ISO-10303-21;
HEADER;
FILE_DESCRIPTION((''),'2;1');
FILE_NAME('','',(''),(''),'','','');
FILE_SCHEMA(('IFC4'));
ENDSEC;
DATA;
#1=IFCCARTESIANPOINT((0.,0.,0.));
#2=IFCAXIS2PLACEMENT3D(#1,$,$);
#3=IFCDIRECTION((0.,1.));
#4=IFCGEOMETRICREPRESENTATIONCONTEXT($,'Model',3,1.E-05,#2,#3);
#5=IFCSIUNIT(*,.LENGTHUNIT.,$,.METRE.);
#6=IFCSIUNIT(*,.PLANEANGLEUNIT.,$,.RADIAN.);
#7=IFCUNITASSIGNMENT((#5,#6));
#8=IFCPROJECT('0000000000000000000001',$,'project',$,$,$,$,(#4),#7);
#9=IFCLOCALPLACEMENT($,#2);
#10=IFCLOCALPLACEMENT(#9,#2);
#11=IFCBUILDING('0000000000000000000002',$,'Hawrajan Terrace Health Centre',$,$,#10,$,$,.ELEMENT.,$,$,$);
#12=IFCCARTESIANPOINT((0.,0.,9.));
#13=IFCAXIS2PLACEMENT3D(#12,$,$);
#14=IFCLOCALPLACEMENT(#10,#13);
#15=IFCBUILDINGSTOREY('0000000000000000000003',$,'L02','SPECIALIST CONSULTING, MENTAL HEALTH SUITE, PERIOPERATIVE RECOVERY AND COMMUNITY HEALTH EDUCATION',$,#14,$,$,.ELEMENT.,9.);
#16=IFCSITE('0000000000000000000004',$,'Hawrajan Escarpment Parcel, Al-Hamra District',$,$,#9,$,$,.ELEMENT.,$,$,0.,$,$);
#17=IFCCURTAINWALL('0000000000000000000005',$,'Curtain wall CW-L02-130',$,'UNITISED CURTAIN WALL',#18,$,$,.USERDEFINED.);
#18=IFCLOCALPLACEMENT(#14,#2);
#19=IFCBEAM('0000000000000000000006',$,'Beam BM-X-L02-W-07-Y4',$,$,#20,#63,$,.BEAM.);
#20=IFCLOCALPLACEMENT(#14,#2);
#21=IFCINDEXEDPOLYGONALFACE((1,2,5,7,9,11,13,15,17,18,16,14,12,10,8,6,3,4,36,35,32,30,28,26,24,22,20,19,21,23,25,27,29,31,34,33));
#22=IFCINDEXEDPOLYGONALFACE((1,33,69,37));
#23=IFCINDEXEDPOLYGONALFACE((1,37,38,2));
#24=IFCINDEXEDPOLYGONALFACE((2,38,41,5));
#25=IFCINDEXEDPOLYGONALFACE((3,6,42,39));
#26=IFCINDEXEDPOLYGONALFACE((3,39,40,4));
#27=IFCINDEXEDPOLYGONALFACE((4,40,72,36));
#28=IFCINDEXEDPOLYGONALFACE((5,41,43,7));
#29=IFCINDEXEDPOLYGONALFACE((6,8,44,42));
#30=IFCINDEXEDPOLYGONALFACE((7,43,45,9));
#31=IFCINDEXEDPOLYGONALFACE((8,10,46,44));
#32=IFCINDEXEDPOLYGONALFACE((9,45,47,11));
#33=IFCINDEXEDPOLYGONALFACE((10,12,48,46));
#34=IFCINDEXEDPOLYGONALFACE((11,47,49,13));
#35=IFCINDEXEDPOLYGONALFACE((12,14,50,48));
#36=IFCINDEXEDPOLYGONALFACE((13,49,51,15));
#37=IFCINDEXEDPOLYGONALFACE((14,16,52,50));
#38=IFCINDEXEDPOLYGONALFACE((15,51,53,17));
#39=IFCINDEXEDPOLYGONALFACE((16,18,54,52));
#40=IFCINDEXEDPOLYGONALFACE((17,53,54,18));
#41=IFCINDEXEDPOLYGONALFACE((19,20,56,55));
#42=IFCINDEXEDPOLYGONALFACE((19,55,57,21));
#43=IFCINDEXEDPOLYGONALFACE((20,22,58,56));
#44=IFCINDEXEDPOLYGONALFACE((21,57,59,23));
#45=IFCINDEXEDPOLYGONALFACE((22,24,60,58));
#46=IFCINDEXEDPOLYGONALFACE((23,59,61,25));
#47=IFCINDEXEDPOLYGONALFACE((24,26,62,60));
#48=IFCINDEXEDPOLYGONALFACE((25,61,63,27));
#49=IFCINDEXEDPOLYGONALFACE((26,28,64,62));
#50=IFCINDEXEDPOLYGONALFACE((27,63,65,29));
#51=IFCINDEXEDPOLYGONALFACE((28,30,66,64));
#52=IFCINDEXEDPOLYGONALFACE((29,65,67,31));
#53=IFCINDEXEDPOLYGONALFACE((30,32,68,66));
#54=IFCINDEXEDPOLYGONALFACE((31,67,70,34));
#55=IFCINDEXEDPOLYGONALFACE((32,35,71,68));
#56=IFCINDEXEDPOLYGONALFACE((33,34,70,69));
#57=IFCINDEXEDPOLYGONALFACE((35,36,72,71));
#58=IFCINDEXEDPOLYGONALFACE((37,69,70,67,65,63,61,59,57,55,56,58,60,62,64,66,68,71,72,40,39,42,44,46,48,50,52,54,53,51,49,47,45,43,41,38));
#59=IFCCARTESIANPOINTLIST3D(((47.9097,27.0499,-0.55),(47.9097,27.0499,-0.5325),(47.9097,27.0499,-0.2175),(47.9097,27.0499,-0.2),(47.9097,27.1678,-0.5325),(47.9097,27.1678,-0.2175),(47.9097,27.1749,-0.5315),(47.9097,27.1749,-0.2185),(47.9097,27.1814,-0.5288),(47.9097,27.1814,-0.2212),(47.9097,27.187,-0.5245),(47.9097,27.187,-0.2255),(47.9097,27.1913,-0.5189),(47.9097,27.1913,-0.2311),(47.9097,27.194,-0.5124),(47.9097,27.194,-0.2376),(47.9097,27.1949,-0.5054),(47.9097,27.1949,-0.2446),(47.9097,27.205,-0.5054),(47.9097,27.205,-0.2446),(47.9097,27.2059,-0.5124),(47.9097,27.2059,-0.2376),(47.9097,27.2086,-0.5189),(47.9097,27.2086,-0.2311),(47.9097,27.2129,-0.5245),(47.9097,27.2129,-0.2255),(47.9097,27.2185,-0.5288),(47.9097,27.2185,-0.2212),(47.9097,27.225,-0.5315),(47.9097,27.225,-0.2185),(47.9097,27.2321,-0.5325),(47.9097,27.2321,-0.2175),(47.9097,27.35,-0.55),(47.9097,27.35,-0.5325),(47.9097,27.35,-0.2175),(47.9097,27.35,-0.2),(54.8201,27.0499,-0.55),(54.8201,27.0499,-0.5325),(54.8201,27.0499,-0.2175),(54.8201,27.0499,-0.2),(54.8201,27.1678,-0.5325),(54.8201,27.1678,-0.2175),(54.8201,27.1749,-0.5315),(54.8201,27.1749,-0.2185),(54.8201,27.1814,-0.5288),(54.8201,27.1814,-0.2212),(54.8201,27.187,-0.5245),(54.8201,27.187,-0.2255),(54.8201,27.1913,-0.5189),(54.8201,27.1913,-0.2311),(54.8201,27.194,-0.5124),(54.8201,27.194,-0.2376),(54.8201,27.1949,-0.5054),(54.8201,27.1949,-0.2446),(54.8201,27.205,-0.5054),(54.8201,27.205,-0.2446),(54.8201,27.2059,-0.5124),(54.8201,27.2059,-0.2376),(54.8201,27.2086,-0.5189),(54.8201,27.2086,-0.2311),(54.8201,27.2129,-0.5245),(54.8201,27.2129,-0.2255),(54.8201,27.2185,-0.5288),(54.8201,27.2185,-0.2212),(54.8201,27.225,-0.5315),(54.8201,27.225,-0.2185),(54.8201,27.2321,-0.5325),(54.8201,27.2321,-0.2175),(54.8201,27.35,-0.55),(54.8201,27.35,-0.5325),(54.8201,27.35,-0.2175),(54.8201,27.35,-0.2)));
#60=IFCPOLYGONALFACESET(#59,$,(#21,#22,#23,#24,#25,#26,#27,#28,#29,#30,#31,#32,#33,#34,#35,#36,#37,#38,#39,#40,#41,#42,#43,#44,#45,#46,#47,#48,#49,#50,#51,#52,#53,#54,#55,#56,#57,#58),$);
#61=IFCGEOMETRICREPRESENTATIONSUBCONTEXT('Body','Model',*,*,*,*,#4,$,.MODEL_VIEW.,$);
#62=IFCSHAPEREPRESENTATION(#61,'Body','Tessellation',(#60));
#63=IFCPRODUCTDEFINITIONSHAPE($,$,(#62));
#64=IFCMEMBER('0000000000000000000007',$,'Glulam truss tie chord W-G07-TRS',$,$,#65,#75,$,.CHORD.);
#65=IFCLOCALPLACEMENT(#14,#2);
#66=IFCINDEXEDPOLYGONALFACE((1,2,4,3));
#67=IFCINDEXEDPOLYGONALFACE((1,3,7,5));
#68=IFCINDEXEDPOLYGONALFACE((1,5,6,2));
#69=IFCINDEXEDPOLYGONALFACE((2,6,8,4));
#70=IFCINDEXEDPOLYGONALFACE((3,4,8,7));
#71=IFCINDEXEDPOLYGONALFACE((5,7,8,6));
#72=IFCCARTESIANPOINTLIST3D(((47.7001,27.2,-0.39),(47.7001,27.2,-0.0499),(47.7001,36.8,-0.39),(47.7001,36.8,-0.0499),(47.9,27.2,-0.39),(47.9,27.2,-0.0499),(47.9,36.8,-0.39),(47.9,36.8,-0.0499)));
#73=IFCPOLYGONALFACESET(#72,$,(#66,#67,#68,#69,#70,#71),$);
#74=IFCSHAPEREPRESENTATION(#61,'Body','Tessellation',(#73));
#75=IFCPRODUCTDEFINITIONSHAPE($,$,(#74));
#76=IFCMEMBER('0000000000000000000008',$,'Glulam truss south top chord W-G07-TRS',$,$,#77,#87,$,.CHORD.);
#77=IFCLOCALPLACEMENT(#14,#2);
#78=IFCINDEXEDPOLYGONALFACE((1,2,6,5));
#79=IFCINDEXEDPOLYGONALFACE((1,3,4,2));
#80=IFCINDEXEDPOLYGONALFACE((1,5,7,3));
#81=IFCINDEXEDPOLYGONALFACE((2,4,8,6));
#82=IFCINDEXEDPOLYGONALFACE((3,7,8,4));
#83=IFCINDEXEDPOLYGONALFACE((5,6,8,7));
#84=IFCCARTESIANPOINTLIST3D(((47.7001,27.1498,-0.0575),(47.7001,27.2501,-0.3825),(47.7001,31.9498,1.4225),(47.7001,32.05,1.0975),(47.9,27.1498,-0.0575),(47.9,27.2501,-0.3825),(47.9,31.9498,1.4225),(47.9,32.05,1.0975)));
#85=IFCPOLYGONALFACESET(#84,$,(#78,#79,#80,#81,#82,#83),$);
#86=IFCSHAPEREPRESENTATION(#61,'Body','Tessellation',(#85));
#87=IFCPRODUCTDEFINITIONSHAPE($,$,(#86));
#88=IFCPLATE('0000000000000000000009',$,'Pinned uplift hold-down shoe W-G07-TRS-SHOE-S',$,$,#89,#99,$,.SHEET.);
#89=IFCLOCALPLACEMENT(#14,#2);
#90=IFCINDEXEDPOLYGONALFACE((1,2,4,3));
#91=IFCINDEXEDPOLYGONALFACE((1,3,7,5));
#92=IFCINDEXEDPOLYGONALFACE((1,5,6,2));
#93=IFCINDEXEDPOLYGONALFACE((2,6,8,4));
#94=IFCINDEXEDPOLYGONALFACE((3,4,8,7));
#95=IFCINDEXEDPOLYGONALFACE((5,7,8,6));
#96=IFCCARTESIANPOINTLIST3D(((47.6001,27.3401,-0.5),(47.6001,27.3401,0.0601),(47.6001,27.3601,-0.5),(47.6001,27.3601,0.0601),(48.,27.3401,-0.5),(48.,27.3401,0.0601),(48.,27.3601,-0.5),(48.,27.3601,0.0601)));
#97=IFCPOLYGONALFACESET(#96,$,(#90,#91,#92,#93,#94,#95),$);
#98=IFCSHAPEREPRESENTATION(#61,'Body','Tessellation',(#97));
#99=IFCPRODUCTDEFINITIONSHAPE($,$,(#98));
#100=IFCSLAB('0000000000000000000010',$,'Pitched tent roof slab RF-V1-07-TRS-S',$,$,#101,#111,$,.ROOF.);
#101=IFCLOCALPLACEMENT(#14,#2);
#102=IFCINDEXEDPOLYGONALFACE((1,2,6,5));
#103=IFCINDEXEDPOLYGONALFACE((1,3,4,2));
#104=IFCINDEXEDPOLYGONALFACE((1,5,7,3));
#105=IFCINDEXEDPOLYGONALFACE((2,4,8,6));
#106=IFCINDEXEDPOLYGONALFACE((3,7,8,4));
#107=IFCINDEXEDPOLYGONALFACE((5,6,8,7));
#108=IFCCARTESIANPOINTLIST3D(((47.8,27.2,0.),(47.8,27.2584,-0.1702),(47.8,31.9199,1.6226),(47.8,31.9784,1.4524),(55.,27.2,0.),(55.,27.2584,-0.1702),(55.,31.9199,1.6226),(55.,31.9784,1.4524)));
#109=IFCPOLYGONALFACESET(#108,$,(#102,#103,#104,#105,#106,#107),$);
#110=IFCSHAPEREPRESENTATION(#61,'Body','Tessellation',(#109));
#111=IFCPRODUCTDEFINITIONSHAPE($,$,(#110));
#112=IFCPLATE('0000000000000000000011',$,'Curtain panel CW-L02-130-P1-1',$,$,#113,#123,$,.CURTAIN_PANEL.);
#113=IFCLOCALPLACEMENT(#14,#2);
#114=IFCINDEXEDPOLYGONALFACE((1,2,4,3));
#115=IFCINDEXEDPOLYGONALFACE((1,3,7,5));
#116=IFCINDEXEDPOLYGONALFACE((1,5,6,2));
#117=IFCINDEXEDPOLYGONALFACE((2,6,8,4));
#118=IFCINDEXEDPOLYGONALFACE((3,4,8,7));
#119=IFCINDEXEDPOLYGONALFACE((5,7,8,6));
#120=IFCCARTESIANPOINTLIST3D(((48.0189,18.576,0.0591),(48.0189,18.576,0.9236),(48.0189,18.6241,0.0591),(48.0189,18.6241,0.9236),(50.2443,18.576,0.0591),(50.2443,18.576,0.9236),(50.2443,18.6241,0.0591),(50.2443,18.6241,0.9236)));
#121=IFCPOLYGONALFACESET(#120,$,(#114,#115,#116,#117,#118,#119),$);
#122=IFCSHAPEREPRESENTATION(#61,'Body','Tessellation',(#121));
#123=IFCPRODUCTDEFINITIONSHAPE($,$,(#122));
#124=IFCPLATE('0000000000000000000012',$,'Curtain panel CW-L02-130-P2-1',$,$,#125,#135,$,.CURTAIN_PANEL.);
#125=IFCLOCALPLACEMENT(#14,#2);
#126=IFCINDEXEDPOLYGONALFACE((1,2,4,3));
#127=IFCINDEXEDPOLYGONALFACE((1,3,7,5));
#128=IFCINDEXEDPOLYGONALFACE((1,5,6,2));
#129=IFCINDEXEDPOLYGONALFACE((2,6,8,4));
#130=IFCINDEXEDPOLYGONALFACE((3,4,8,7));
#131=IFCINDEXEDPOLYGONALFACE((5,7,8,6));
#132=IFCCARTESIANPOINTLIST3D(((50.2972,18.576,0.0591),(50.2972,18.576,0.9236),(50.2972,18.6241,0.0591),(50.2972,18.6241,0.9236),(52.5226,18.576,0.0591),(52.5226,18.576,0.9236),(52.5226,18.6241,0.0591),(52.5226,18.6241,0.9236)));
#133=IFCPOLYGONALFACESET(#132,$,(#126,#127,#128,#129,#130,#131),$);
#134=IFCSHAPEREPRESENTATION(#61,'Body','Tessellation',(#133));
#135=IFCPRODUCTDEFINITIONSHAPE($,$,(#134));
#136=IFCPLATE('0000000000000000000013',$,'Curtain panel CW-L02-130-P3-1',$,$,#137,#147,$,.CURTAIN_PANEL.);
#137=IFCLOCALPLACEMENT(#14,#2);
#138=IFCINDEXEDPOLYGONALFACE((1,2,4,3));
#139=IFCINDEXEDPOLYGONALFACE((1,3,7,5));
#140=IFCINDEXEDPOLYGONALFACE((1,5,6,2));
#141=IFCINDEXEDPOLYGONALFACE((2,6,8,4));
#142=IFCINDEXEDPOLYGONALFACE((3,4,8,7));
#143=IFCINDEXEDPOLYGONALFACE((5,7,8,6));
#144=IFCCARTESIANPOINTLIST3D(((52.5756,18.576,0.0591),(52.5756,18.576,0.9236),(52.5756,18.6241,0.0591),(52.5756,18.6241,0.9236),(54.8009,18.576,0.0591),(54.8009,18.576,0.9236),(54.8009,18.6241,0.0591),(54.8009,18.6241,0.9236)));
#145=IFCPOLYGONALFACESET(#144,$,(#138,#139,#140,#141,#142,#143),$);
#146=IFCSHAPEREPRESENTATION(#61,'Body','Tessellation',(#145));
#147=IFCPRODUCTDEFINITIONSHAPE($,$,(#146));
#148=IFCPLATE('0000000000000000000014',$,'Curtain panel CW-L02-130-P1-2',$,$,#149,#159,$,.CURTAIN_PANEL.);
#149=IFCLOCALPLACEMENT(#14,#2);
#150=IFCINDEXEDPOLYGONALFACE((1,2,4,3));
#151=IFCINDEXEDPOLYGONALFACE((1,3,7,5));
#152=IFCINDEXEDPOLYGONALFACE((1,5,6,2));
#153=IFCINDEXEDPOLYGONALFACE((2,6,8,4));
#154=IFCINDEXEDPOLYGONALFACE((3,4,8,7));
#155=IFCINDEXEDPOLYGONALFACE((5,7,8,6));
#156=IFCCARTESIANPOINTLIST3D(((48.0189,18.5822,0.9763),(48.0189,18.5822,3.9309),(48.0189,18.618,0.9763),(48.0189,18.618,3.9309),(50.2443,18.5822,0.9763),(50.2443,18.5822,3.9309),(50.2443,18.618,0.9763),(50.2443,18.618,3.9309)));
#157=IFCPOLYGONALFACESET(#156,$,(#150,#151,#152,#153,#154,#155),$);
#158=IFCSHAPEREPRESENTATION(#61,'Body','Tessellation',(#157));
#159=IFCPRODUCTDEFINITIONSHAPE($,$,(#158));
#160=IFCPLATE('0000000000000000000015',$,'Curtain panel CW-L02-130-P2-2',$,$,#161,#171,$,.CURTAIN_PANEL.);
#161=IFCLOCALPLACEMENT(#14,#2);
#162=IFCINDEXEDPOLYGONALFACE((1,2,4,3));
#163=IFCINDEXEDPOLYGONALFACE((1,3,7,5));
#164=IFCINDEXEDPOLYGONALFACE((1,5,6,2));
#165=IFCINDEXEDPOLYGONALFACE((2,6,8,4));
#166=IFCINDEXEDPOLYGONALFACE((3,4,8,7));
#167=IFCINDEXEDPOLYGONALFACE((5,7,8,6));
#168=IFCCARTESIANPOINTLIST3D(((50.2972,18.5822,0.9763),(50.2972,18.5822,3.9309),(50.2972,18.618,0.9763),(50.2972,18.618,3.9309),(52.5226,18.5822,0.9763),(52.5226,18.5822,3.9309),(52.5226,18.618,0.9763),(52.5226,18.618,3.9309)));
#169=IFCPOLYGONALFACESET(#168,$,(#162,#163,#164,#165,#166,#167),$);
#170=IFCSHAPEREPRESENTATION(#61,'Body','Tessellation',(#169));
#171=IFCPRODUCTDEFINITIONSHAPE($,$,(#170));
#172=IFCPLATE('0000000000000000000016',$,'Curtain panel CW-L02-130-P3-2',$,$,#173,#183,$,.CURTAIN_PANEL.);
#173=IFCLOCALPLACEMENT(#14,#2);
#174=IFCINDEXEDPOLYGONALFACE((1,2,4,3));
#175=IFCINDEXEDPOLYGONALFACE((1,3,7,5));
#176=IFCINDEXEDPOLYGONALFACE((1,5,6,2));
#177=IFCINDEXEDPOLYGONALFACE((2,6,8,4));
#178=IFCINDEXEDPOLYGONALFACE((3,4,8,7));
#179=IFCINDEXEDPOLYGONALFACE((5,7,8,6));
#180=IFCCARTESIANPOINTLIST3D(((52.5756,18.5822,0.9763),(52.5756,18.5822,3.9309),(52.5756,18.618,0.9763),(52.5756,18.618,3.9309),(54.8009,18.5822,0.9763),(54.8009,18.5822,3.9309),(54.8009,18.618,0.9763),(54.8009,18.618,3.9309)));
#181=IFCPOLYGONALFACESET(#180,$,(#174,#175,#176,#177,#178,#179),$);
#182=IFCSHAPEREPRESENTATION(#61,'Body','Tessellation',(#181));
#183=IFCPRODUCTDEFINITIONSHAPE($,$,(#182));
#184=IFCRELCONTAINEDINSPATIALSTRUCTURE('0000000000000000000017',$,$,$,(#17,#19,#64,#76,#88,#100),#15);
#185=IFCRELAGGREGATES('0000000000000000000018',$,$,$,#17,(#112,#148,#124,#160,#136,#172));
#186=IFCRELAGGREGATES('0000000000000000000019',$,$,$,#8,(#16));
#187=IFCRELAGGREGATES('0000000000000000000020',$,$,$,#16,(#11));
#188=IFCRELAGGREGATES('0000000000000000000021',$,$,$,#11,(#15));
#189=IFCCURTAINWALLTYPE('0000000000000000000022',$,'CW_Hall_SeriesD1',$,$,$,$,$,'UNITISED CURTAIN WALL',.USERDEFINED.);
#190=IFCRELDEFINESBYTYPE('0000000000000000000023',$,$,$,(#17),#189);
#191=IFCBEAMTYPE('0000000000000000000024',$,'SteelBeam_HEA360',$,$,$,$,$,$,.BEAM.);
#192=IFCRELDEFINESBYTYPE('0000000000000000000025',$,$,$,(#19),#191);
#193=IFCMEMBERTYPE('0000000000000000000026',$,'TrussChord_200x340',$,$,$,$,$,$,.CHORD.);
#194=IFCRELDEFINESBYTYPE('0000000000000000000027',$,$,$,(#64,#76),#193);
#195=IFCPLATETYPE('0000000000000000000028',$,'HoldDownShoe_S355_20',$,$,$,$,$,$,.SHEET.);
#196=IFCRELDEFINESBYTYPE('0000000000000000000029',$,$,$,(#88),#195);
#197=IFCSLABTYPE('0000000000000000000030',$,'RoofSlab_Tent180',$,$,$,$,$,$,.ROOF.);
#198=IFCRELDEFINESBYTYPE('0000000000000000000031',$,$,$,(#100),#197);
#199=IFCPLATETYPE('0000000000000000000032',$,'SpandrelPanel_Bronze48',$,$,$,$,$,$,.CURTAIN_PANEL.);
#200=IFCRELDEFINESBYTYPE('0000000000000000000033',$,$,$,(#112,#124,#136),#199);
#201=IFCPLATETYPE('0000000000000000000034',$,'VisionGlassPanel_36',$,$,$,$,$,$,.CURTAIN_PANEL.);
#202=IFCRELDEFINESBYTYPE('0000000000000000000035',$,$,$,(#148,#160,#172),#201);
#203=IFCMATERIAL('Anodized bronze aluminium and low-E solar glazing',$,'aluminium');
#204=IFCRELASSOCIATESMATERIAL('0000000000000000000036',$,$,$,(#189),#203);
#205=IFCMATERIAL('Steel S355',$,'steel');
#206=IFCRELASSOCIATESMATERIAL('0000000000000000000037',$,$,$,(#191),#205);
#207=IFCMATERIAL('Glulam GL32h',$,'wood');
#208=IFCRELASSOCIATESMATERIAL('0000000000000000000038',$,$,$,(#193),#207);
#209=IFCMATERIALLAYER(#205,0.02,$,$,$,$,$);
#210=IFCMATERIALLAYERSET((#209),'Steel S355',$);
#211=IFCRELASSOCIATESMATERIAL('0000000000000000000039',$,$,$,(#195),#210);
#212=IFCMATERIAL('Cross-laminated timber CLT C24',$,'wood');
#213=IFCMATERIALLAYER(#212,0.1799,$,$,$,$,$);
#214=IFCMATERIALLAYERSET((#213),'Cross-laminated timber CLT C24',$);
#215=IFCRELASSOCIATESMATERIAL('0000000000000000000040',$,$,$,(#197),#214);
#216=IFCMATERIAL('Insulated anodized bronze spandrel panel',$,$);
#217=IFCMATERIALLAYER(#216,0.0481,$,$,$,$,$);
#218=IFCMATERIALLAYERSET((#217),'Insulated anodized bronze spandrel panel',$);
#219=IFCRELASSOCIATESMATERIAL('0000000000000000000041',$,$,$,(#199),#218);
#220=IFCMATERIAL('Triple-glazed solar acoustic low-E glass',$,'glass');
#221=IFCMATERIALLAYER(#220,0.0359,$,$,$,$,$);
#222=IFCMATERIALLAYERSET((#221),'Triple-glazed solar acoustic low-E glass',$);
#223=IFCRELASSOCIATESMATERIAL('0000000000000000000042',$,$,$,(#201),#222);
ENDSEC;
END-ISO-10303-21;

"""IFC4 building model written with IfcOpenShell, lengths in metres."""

from ifc_helpers import new_model, si_unit, direction, frame, origin, origin_2d, place, context, subcontext, project, spatial, polyline, rectangle, i_section, outline, extrude, material, layer, layer_set, material_profile, profile_set, type_object, element, aggregate, save


model = new_model("IFC4")

# Units and contexts
model_context = context("Model", 3, precision=1e-05, world=origin(), true_north=direction((0.0, 1.0)))
body_context = subcontext(model_context, "Body", "Model", "MODEL_VIEW")
ifc_project = project(units=[si_unit("LENGTHUNIT", "METRE"), si_unit("PLANEANGLEUNIT", "RADIAN")], contexts=[model_context])

# Site, building, storey
site_placement = place(None, origin())
site = spatial("IfcSite", under=ifc_project, at=site_placement, Name="Hawrajan Escarpment Parcel, Al-Hamra District", CompositionType="ELEMENT", RefElevation=0.0)
building_placement = place(site_placement, origin())
building = spatial("IfcBuilding", under=site, at=building_placement, Name="Hawrajan Terrace Health Centre", CompositionType="ELEMENT")
storey_placement = place(building_placement, frame((0.0, 0.0, 9.0)))
storey = spatial("IfcBuildingStorey", under=building, at=storey_placement, Name="L02", Description="SPECIALIST CONSULTING, MENTAL HEALTH SUITE, PERIOPERATIVE RECOVERY AND COMMUNITY HEALTH EDUCATION", CompositionType="ELEMENT", Elevation=9.0)

# Curtain wall
ifc_material_1 = material(Name="Anodized bronze aluminium and low-E solar glazing", Category="aluminium")
curtain_wall_type = type_object("IfcCurtainWallType", Name="CW_Hall_SeriesD1", ElementType="UNITISED CURTAIN WALL", PredefinedType="USERDEFINED", material=ifc_material_1)
curtain_wall_placement = place(storey_placement, origin())
curtain_wall = element("IfcCurtainWall", 1, at=curtain_wall_placement, inside=storey, type_object=curtain_wall_type, Name="Curtain wall CW-L02-130", ObjectType="UNITISED CURTAIN WALL", PredefinedType="USERDEFINED")

# Beam
ifc_material_2 = material(Name="Steel S355", Category="steel")
ifc_material_profile_1 = material_profile(ifc_material_2, i_section(OverallWidth=0.3, OverallDepth=0.3501, WebThickness=0.01, FlangeThickness=0.0176, FilletRadius=0.0271, at=origin_2d()), Name="HEA 360")
ifc_profile_set_1 = profile_set([ifc_material_profile_1], Name="Steel S355")
beam_type = type_object("IfcBeamType", Name="SteelBeam_HEA360", PredefinedType="BEAM", material=ifc_profile_set_1)
beam_placement = place(storey_placement, frame((47.9097, 27.2, -0.375), z_axis=(1.0, 0.0, 0.0), x_axis=(0.0, 1.0, 0.0)))
element("IfcBeam", 2, at=beam_placement, inside=storey, type_object=beam_type, Name="Beam BM-X-L02-W-07-Y4", PredefinedType="BEAM", context=body_context, shape_type="SweptSolid", body=[
    extrude(i_section(OverallWidth=0.3, OverallDepth=0.3501, WebThickness=0.01, FlangeThickness=0.0176, FilletRadius=0.0271, at=origin_2d()), origin(), (0.0, 0.0, 1.0), 6.9104),
])

# Members
ifc_material_3 = material(Name="Glulam GL32h", Category="wood")
ifc_material_profile_2 = material_profile(ifc_material_3, rectangle(XDim=0.2, YDim=0.3401, at=origin_2d()), Name="GL CHD 200x340")
ifc_profile_set_2 = profile_set([ifc_material_profile_2], Name="Glulam GL32h")
member_type_1 = type_object("IfcMemberType", Name="TrussChord_200x340", PredefinedType="CHORD", material=ifc_profile_set_2)
member_1_placement = place(storey_placement, frame((47.8, 27.2, -0.22), z_axis=(0.0, 1.0, 0.0), x_axis=(-1.0, 0.0, 0.0)))
element("IfcMember", 3, at=member_1_placement, inside=storey, type_object=member_type_1, Name="Glulam truss tie chord W-G07-TRS", PredefinedType="CHORD", context=body_context, shape_type="SweptSolid", body=[
    extrude(rectangle(XDim=0.2, YDim=0.3401, at=origin_2d()), origin(), (0.0, 0.0, 1.0), 9.6001),
])
member_2_placement = place(storey_placement, frame((47.8, 27.2, -0.22), z_axis=(0.0, 0.955609, 0.294639), x_axis=(-1.0, 0.0, 0.0)))
element("IfcMember", 4, at=member_2_placement, inside=storey, type_object=member_type_1, Name="Glulam truss south top chord W-G07-TRS", PredefinedType="CHORD", context=body_context, shape_type="SweptSolid", body=[
    extrude(rectangle(XDim=0.2, YDim=0.3401, at=origin_2d()), origin(), (0.0, 0.0, 1.0), 5.0229),
])

# Plate
ifc_layer_1 = layer(ifc_material_2, 0.02)
ifc_layer_set_1 = layer_set([ifc_layer_1], Name="Steel S355")
plate_type_1 = type_object("IfcPlateType", Name="HoldDownShoe_S355_20", PredefinedType="SHEET", material=ifc_layer_set_1)
plate_1_placement = place(storey_placement, frame((47.8, 27.3501, -0.5), z_axis=(0.0, 0.0, 1.0), x_axis=(1.0, 0.0, 0.0)))
element("IfcPlate", 5, at=plate_1_placement, inside=storey, type_object=plate_type_1, Name="Pinned uplift hold-down shoe W-G07-TRS-SHOE-S", PredefinedType="SHEET", context=body_context, shape_type="SweptSolid", body=[
    extrude(rectangle(XDim=0.3999, YDim=0.02, at=origin_2d()), origin(), (0.0, 0.0, 1.0), 0.5601),
])

# Slab
ifc_material_4 = material(Name="Cross-laminated timber CLT C24", Category="wood")
ifc_layer_2 = layer(ifc_material_4, 0.1799)
ifc_layer_set_2 = layer_set([ifc_layer_2], Name="Cross-laminated timber CLT C24")
slab_type = type_object("IfcSlabType", Name="RoofSlab_Tent180", PredefinedType="ROOF", material=ifc_layer_set_2)
slab_placement = place(storey_placement, frame((47.8, 27.2, 0.0), z_axis=(0.0, -0.325092, 0.945682), x_axis=(1.0, 0.0, 0.0)))
element("IfcSlab", 6, at=slab_placement, inside=storey, type_object=slab_type, Name="Pitched tent roof slab RF-V1-07-TRS-S", PredefinedType="ROOF", context=body_context, shape_type="SweptSolid", body=[
    extrude(outline(polyline([(0.0, 0.0), (7.2, 0.0), (7.2, 4.9911), (0.0, 4.9911), (0.0, 0.0)])), origin(), (0.0, 0.0, -1.0), 0.1799),
])

# Plates
ifc_material_5 = material(Name="Insulated anodized bronze spandrel panel")
ifc_layer_3 = layer(ifc_material_5, 0.0481)
ifc_layer_set_3 = layer_set([ifc_layer_3], Name="Insulated anodized bronze spandrel panel")
plate_type_2 = type_object("IfcPlateType", Name="SpandrelPanel_Bronze48", PredefinedType="CURTAIN_PANEL", material=ifc_layer_set_3)
plate_2_placement = place(storey_placement, frame((49.1316, 18.6001, 0.0591), z_axis=(0.0, 0.0, 1.0), x_axis=(1.0, 0.0, 0.0)))
plate_2 = element("IfcPlate", 7, at=plate_2_placement, type_object=plate_type_2, Name="Curtain panel CW-L02-130-P1-1", PredefinedType="CURTAIN_PANEL", context=body_context, shape_type="SweptSolid", body=[
    extrude(rectangle(XDim=2.2253, YDim=0.0481, at=origin_2d()), origin(), (0.0, 0.0, 1.0), 0.8645),
])
plate_3_placement = place(storey_placement, frame((51.4099, 18.6001, 0.0591), z_axis=(0.0, 0.0, 1.0), x_axis=(1.0, 0.0, 0.0)))
plate_3 = element("IfcPlate", 8, at=plate_3_placement, type_object=plate_type_2, Name="Curtain panel CW-L02-130-P2-1", PredefinedType="CURTAIN_PANEL", context=body_context, shape_type="SweptSolid", body=[
    extrude(rectangle(XDim=2.2253, YDim=0.0481, at=origin_2d()), origin(), (0.0, 0.0, 1.0), 0.8645),
])
plate_4_placement = place(storey_placement, frame((53.6882, 18.6001, 0.0591), z_axis=(0.0, 0.0, 1.0), x_axis=(1.0, 0.0, 0.0)))
plate_4 = element("IfcPlate", 9, at=plate_4_placement, type_object=plate_type_2, Name="Curtain panel CW-L02-130-P3-1", PredefinedType="CURTAIN_PANEL", context=body_context, shape_type="SweptSolid", body=[
    extrude(rectangle(XDim=2.2253, YDim=0.0481, at=origin_2d()), origin(), (0.0, 0.0, 1.0), 0.8645),
])
ifc_material_6 = material(Name="Triple-glazed solar acoustic low-E glass", Category="glass")
ifc_layer_4 = layer(ifc_material_6, 0.0359)
ifc_layer_set_4 = layer_set([ifc_layer_4], Name="Triple-glazed solar acoustic low-E glass")
plate_type_3 = type_object("IfcPlateType", Name="VisionGlassPanel_36", PredefinedType="CURTAIN_PANEL", material=ifc_layer_set_4)
plate_5_placement = place(storey_placement, frame((49.1316, 18.6001, 0.9763), z_axis=(0.0, 0.0, 1.0), x_axis=(1.0, 0.0, 0.0)))
plate_5 = element("IfcPlate", 10, at=plate_5_placement, type_object=plate_type_3, Name="Curtain panel CW-L02-130-P1-2", PredefinedType="CURTAIN_PANEL", context=body_context, shape_type="SweptSolid", body=[
    extrude(rectangle(XDim=2.2253, YDim=0.0359, at=origin_2d()), origin(), (0.0, 0.0, 1.0), 2.9546),
])
plate_6_placement = place(storey_placement, frame((51.4099, 18.6001, 0.9763), z_axis=(0.0, 0.0, 1.0), x_axis=(1.0, 0.0, 0.0)))
plate_6 = element("IfcPlate", 11, at=plate_6_placement, type_object=plate_type_3, Name="Curtain panel CW-L02-130-P2-2", PredefinedType="CURTAIN_PANEL", context=body_context, shape_type="SweptSolid", body=[
    extrude(rectangle(XDim=2.2253, YDim=0.0359, at=origin_2d()), origin(), (0.0, 0.0, 1.0), 2.9546),
])
plate_7_placement = place(storey_placement, frame((53.6882, 18.6001, 0.9763), z_axis=(0.0, 0.0, 1.0), x_axis=(1.0, 0.0, 0.0)))
plate_7 = element("IfcPlate", 12, at=plate_7_placement, type_object=plate_type_3, Name="Curtain panel CW-L02-130-P3-2", PredefinedType="CURTAIN_PANEL", context=body_context, shape_type="SweptSolid", body=[
    extrude(rectangle(XDim=2.2253, YDim=0.0359, at=origin_2d()), origin(), (0.0, 0.0, 1.0), 2.9546),
])
aggregate(curtain_wall, [plate_2, plate_5, plate_3, plate_6, plate_4, plate_7])

save(model, "model.ifc")
